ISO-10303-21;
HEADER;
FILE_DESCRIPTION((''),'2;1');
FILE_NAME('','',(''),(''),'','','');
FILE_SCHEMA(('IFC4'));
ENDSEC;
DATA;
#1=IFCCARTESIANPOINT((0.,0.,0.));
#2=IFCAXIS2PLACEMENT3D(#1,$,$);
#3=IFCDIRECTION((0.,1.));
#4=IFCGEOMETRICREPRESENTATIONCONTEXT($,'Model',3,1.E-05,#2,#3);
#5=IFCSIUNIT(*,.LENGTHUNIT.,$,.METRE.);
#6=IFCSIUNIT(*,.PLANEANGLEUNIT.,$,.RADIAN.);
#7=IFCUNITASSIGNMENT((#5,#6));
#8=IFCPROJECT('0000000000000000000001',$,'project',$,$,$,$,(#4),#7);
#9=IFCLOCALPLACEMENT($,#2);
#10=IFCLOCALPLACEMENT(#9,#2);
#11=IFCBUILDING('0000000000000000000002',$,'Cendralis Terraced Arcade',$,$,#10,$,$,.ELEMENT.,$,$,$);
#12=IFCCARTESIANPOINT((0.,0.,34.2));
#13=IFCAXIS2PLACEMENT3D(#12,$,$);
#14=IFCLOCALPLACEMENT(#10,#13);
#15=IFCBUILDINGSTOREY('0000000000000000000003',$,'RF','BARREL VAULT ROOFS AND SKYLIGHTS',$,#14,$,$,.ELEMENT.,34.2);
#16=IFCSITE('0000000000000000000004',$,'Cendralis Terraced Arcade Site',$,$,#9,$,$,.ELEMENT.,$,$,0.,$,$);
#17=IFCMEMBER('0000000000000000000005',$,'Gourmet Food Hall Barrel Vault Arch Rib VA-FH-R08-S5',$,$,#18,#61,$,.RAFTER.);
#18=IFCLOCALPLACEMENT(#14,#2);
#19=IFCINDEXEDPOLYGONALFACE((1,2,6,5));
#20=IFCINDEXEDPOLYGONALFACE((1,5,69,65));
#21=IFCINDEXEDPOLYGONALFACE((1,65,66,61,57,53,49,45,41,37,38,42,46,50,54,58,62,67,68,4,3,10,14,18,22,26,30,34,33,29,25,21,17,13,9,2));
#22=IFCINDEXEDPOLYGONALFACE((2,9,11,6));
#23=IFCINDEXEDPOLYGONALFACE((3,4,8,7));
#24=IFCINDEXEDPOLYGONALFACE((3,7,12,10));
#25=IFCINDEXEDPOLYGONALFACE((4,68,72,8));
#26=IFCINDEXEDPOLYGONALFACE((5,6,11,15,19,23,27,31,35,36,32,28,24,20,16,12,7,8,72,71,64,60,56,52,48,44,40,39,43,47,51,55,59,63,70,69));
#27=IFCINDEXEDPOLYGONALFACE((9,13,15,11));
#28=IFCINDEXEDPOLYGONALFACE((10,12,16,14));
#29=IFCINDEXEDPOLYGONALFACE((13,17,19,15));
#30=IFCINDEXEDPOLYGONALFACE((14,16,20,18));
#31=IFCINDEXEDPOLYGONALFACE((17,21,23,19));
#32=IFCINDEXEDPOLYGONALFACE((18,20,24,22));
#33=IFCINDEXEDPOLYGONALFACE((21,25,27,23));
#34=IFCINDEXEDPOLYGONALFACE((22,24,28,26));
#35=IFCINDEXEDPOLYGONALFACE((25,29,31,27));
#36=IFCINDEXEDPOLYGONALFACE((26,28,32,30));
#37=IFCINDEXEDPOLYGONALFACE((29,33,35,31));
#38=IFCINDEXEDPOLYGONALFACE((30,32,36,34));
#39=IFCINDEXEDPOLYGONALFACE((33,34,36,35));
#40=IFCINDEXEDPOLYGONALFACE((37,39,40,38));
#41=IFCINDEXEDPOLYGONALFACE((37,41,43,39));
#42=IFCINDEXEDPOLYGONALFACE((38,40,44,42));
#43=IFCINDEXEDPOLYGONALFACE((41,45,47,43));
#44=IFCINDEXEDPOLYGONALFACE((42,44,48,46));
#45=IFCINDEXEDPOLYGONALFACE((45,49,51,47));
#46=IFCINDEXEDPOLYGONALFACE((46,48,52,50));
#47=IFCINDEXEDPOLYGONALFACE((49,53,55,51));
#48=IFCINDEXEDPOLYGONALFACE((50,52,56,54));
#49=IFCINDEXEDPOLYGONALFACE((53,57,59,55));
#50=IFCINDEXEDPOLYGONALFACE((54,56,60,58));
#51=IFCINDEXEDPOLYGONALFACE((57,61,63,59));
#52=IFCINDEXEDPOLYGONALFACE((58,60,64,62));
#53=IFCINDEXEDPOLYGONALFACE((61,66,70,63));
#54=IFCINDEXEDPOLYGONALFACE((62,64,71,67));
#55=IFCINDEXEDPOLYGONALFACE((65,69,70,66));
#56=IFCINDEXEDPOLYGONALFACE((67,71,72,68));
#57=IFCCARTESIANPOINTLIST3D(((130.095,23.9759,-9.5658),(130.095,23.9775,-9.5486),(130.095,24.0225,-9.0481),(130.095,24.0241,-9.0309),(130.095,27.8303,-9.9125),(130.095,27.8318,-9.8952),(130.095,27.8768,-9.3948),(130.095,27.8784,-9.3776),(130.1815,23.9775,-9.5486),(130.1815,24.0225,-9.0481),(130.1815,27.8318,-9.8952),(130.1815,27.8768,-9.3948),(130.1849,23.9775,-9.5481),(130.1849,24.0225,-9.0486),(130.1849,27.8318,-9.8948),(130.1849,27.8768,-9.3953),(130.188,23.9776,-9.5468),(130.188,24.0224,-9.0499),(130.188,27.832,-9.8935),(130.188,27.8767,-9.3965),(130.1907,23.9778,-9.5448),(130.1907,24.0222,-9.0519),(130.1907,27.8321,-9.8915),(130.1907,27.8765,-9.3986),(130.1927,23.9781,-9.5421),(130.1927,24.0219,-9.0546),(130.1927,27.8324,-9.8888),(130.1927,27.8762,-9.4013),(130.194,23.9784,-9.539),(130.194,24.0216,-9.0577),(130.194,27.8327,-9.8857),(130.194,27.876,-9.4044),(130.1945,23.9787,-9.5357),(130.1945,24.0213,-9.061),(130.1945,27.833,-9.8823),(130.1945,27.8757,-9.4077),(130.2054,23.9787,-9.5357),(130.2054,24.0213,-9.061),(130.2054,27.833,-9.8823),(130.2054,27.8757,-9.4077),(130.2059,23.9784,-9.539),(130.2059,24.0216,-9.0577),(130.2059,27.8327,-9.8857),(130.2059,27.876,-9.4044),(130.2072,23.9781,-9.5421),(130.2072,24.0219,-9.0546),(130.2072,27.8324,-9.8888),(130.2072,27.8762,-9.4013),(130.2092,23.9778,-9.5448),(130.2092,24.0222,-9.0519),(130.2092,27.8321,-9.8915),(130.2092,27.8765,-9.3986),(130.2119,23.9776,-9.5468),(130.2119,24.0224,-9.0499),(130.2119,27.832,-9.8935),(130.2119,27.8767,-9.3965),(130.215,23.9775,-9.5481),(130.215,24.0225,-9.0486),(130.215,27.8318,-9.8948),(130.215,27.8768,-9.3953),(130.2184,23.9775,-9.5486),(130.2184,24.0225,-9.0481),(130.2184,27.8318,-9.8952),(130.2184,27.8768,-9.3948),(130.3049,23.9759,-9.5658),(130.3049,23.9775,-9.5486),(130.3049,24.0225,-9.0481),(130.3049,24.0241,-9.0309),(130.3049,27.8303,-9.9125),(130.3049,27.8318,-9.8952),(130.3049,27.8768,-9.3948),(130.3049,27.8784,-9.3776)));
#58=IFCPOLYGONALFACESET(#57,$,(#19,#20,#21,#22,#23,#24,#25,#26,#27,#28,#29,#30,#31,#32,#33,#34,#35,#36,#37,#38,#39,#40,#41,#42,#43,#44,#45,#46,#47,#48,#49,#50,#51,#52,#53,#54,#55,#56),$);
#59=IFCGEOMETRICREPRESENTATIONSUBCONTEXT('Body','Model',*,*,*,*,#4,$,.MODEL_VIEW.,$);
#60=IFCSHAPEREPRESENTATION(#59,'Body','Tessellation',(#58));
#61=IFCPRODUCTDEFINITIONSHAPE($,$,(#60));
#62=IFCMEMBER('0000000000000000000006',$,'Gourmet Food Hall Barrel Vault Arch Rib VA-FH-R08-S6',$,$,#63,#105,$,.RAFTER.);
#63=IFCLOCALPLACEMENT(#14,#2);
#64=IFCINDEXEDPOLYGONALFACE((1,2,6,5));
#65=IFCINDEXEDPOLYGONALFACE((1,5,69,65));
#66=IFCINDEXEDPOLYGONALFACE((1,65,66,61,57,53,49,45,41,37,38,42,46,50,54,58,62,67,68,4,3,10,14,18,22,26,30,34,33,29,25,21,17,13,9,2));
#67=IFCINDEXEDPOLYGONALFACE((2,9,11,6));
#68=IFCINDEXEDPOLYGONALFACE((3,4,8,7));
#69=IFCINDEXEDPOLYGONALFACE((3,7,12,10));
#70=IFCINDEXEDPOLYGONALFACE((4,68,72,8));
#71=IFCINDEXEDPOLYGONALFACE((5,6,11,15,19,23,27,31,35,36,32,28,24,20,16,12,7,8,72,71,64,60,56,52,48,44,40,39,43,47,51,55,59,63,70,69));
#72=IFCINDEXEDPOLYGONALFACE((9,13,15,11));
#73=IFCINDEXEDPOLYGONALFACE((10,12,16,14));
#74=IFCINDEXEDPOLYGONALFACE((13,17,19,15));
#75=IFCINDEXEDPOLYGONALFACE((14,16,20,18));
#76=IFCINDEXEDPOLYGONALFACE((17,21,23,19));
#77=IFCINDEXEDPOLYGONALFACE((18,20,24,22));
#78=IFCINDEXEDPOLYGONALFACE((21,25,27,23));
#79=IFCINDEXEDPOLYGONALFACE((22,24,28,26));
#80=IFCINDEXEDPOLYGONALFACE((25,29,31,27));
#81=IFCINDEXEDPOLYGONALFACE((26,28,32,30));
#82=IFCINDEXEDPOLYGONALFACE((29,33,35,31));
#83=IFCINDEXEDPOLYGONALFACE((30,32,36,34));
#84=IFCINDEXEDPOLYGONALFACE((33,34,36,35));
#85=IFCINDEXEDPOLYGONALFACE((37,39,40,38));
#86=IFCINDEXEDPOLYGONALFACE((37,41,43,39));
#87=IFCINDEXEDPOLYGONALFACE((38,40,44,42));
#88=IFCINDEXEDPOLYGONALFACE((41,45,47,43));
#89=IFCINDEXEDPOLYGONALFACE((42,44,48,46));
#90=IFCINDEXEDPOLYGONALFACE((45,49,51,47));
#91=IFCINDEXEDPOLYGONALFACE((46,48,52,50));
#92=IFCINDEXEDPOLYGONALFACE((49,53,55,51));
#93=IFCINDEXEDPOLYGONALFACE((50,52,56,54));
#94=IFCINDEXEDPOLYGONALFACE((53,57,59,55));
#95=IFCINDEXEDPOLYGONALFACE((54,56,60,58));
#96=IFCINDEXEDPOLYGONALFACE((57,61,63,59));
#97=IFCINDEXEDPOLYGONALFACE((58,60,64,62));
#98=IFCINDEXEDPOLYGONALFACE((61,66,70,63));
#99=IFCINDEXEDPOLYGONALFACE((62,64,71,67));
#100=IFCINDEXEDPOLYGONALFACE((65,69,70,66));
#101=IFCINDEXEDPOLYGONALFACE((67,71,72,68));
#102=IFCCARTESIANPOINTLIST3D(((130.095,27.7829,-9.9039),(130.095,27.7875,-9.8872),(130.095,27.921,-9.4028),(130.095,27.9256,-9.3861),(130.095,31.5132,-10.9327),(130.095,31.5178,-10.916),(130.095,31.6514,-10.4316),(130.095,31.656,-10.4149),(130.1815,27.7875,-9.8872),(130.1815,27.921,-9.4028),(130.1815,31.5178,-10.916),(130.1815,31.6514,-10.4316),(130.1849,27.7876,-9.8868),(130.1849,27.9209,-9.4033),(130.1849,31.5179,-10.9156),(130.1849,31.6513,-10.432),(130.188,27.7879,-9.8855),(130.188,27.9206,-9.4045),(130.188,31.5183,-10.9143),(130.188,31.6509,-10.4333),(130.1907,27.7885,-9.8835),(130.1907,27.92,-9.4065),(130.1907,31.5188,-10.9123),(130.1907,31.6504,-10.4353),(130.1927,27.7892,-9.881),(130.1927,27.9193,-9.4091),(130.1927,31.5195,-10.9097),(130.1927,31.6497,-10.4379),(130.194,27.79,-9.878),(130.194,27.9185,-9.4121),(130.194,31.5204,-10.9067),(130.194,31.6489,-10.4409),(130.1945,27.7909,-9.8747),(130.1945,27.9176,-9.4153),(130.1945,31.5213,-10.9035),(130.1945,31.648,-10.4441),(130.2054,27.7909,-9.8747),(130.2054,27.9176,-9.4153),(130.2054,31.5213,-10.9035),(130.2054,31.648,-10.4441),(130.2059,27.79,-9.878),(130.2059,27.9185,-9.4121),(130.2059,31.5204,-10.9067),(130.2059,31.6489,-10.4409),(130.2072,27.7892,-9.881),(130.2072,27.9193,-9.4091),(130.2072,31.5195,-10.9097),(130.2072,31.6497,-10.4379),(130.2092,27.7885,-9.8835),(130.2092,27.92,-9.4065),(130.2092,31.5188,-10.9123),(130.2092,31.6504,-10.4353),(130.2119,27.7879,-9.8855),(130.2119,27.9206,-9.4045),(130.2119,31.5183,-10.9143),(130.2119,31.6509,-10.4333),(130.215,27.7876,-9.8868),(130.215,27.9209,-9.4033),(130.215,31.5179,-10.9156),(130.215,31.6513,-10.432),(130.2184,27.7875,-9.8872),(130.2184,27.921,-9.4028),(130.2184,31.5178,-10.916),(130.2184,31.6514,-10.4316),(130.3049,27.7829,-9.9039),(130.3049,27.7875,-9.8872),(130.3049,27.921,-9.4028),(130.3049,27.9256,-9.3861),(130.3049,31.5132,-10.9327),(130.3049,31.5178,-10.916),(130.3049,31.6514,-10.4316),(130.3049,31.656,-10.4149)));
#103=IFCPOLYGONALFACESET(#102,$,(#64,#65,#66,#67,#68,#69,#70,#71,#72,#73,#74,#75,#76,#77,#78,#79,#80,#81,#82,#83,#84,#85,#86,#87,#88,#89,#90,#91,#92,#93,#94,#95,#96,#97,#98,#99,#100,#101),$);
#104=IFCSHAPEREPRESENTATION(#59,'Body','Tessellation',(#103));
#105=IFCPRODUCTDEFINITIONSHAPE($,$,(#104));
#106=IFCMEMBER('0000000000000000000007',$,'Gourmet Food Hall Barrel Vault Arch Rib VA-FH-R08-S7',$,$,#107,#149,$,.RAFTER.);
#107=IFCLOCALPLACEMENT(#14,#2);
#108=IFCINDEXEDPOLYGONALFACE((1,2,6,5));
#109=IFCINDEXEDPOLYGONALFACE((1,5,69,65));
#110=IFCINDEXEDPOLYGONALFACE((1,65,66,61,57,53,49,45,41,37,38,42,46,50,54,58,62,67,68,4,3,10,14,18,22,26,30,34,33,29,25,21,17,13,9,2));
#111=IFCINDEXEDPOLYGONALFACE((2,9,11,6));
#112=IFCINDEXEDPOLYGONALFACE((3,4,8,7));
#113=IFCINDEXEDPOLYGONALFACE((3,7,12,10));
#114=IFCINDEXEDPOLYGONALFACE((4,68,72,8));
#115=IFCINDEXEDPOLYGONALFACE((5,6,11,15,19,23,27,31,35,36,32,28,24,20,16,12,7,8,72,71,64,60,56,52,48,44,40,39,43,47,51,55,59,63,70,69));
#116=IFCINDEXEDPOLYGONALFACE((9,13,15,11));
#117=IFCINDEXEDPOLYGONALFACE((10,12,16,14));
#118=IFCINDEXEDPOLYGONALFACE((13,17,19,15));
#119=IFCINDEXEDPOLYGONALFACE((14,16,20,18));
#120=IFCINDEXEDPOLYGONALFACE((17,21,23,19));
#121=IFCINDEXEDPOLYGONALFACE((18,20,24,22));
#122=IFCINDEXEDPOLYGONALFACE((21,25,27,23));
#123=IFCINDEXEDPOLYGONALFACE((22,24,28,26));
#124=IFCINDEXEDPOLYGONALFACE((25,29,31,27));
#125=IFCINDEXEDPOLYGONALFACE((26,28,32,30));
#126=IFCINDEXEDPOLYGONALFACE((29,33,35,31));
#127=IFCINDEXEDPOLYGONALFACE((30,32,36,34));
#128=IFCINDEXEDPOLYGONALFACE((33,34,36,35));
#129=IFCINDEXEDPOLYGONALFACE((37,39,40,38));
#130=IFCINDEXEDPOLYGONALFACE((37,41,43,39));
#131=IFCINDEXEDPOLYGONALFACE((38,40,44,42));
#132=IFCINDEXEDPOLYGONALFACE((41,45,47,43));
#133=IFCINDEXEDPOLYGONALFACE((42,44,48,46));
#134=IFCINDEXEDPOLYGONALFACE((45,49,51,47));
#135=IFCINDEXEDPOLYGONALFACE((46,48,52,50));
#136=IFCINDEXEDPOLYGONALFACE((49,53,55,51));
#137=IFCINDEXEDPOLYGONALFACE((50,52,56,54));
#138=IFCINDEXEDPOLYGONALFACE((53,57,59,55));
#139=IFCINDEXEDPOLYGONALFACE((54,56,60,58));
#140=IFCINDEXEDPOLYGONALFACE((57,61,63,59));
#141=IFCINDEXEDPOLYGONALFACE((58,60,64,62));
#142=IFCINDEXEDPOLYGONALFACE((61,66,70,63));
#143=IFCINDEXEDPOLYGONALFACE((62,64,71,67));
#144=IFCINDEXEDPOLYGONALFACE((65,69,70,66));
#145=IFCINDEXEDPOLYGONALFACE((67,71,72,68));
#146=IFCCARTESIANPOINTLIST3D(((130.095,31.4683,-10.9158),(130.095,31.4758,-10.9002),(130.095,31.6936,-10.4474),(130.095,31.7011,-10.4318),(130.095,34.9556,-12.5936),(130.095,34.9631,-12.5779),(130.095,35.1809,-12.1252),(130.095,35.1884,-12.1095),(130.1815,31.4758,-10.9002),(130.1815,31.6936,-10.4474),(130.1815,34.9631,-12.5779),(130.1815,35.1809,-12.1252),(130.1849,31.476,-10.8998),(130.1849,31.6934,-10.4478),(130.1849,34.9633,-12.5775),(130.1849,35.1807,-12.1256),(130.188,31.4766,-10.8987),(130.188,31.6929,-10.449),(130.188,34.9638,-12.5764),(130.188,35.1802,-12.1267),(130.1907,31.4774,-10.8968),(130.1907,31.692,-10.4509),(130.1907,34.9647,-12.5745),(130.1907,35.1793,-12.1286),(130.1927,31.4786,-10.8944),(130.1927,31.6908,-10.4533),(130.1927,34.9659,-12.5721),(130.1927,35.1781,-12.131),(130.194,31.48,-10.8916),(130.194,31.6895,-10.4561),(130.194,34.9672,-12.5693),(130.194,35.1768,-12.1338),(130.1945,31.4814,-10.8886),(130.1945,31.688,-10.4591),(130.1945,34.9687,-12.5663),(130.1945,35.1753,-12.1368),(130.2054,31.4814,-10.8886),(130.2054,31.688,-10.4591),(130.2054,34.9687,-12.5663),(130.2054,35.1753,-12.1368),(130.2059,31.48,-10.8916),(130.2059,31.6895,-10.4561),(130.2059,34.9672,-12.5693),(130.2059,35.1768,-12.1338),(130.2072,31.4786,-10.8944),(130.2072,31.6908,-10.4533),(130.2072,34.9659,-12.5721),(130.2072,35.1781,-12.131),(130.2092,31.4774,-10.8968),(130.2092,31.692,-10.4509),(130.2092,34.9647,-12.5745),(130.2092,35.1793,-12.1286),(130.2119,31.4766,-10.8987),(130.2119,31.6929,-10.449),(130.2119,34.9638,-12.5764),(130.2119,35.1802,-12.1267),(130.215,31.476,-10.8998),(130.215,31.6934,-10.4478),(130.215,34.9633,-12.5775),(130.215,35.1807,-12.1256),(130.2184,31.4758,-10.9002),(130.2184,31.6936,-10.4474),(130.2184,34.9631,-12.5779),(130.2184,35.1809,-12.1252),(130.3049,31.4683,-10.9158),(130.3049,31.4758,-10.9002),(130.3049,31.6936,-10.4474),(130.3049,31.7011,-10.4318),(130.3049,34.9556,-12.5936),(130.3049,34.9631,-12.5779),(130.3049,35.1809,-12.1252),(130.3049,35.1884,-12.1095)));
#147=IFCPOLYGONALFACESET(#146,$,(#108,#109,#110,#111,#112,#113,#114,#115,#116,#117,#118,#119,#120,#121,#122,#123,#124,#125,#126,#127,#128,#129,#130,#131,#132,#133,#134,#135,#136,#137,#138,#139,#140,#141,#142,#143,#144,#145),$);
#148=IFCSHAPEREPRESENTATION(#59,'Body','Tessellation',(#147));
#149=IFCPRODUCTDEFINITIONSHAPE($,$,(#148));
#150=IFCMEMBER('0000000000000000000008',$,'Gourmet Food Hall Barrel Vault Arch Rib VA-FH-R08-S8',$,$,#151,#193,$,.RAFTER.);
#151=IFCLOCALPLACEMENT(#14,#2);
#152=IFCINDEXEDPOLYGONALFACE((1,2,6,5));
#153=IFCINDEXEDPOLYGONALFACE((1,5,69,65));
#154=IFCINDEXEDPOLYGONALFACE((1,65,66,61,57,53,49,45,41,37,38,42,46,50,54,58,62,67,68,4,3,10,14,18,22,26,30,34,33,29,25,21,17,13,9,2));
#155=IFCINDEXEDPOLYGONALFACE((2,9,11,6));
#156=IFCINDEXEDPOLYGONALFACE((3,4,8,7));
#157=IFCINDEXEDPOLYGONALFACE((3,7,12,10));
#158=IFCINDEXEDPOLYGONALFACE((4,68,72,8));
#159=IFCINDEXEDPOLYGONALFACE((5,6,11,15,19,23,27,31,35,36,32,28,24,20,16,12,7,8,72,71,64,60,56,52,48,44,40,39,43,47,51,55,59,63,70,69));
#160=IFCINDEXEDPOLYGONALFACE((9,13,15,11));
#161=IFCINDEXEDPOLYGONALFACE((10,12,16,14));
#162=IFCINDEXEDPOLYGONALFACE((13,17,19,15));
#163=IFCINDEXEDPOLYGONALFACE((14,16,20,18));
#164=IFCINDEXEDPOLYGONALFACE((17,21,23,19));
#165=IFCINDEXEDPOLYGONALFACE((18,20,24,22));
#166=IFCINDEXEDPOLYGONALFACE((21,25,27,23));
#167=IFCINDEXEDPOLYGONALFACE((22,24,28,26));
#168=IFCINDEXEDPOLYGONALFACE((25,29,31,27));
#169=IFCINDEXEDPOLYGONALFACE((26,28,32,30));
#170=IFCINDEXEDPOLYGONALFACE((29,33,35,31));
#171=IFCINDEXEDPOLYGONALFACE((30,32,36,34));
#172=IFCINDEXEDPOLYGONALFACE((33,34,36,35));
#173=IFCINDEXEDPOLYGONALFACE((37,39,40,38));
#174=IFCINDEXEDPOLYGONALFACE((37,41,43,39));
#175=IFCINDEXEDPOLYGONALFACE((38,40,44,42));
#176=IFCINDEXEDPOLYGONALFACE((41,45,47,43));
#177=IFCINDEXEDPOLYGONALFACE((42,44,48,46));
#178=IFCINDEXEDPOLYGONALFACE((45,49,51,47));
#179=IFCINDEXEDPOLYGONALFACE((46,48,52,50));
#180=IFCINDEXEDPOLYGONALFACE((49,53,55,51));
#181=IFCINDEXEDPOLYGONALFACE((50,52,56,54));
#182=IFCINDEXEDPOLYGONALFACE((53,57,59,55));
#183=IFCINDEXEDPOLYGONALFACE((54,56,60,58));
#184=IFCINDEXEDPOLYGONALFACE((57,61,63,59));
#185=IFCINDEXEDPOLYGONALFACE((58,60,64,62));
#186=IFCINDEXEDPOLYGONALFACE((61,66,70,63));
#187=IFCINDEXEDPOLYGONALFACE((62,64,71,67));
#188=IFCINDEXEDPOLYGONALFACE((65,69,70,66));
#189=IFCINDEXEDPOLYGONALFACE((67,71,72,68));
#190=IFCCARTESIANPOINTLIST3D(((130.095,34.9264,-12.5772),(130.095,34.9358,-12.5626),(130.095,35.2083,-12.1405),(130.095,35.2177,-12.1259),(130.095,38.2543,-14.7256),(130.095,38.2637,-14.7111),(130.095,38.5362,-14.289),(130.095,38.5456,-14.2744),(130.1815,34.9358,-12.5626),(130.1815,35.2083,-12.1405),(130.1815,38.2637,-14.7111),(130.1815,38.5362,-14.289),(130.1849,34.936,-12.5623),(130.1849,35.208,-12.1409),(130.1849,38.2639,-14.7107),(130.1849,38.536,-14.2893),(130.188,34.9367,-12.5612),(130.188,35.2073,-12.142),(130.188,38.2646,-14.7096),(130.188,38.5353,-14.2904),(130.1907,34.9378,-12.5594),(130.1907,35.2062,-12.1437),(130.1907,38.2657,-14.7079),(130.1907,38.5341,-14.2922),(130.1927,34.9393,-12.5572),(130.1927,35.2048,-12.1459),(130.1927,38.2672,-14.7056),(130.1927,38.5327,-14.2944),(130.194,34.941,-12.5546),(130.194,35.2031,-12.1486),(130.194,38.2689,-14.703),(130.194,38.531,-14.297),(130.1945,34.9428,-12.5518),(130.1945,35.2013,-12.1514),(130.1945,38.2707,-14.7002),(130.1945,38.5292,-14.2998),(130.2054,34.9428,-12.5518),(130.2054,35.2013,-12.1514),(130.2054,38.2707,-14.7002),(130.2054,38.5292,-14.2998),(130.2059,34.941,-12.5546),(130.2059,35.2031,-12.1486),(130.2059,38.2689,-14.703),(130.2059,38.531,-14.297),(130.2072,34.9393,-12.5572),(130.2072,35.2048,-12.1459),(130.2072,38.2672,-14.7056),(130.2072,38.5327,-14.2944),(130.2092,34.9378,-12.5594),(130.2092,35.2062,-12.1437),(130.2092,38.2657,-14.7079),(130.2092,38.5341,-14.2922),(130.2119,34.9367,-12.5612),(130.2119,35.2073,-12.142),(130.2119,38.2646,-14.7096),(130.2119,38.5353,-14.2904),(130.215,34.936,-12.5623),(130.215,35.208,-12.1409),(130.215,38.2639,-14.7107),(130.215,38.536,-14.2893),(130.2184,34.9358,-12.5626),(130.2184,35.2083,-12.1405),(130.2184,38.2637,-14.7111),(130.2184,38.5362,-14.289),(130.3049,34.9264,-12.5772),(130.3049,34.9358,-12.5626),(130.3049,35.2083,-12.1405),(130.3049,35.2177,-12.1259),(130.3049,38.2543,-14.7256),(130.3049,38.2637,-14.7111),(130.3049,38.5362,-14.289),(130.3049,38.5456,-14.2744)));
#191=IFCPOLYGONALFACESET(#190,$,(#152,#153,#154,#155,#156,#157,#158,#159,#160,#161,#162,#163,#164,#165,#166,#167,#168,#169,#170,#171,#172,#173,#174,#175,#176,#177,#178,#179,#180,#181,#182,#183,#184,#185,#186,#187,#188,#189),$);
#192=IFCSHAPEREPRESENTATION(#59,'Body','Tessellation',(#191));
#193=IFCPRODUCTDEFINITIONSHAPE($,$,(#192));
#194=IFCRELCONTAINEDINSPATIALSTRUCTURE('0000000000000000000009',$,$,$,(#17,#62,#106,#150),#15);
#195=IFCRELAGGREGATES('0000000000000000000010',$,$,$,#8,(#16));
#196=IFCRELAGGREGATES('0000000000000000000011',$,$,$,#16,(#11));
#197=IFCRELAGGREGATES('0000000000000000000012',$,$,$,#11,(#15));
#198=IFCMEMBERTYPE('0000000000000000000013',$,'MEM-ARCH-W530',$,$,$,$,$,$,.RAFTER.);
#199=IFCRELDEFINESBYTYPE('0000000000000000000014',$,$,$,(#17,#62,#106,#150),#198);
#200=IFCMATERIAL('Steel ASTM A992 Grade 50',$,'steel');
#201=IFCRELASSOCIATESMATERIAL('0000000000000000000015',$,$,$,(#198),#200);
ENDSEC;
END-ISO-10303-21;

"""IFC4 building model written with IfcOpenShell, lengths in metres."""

from ifc_helpers import new_model, si_unit, direction, frame, origin, origin_2d, place, context, subcontext, project, spatial, i_section, extrude, material, material_profile, profile_set, type_object, element, save


model = new_model("IFC4")

# Units and contexts
model_context = context("Model", 3, precision=1e-05, world=origin(), true_north=direction((0.0, 1.0)))
body_context = subcontext(model_context, "Body", "Model", "MODEL_VIEW")
ifc_project = project(units=[si_unit("LENGTHUNIT", "METRE"), si_unit("PLANEANGLEUNIT", "RADIAN")], contexts=[model_context])

# Site, building, storey
site_placement = place(None, origin())
site = spatial("IfcSite", under=ifc_project, at=site_placement, Name="Cendralis Terraced Arcade Site", CompositionType="ELEMENT", RefElevation=0.0)
building_placement = place(site_placement, origin())
building = spatial("IfcBuilding", under=site, at=building_placement, Name="Cendralis Terraced Arcade", CompositionType="ELEMENT")
storey_placement = place(building_placement, frame((0.0, 0.0, 34.2)))
storey = spatial("IfcBuildingStorey", under=building, at=storey_placement, Name="RF", Description="BARREL VAULT ROOFS AND SKYLIGHTS", CompositionType="ELEMENT", Elevation=34.2)

# Members
ifc_material_1 = material(Name="Steel ASTM A992 Grade 50", Category="steel")
ifc_material_profile_1 = material_profile(ifc_material_1, i_section(OverallWidth=0.21, OverallDepth=0.5371, WebThickness=0.011, FlangeThickness=0.0173, FilletRadius=0.0129, at=origin_2d()), Name="W530X101", Category="LoadBearing")
ifc_profile_set_1 = profile_set([ifc_material_profile_1], Name="Steel ASTM A992 Grade 50")
member_type_1 = type_object("IfcMemberType", Name="MEM-ARCH-W530", PredefinedType="RAFTER", material=ifc_profile_set_1)
for number, where, z_axis, x_axis, name in (
    (1, (130.2, 24.0, -9.2983), (0.0, 0.995979, -0.089586), (-1.0, 0.0, 0.0), "Gourmet Food Hall Barrel Vault Arch Rib VA-FH-R08-S5"),
):
    element("IfcMember", number, at=place(storey_placement, frame(where, z_axis=z_axis, x_axis=x_axis)), inside=storey, type_object=member_type_1, Name=name, PredefinedType="RAFTER", context=body_context, shape_type="SweptSolid", body=[
        extrude(i_section(OverallWidth=0.21, OverallDepth=0.5371, WebThickness=0.011, FlangeThickness=0.0173, FilletRadius=0.0129, at=origin_2d()), origin(), (0.0, 0.0, 1.0), 3.8699),
    ])
member_1_placement = place(storey_placement, frame((130.2, 27.8542, -9.645), z_axis=(0.0, 0.964012, -0.26586), x_axis=(-1.0, 0.0, 0.0)))
element("IfcMember", 2, at=member_1_placement, inside=storey, type_object=member_type_1, Name="Gourmet Food Hall Barrel Vault Arch Rib VA-FH-R08-S6", PredefinedType="RAFTER", context=body_context, shape_type="SweptSolid", body=[
    extrude(i_section(OverallWidth=0.21, OverallDepth=0.5371, WebThickness=0.011, FlangeThickness=0.0173, FilletRadius=0.0129, at=origin_2d()), origin(), (0.0, 0.0, 1.0), 3.8696),
])
member_2_placement = place(storey_placement, frame((130.2, 31.5847, -10.6738), z_axis=(0.0, 0.901137, -0.433535), x_axis=(-1.0, 0.0, 0.0)))
element("IfcMember", 3, at=member_2_placement, inside=storey, type_object=member_type_1, Name="Gourmet Food Hall Barrel Vault Arch Rib VA-FH-R08-S7", PredefinedType="RAFTER", context=body_context, shape_type="SweptSolid", body=[
    extrude(i_section(OverallWidth=0.21, OverallDepth=0.5371, WebThickness=0.011, FlangeThickness=0.0173, FilletRadius=0.0129, at=origin_2d()), origin(), (0.0, 0.0, 1.0), 3.8699),
])
member_3_placement = place(storey_placement, frame((130.2, 35.072, -12.3516), z_axis=(0.0, 0.840134, -0.54238), x_axis=(-1.0, 0.0, 0.0)))
element("IfcMember", 4, at=member_3_placement, inside=storey, type_object=member_type_1, Name="Gourmet Food Hall Barrel Vault Arch Rib VA-FH-R08-S8", PredefinedType="RAFTER", context=body_context, shape_type="SweptSolid", body=[
    extrude(i_section(OverallWidth=0.21, OverallDepth=0.5371, WebThickness=0.011, FlangeThickness=0.0173, FilletRadius=0.0129, at=origin_2d()), origin(), (0.0, 0.0, 1.0), 3.9612),
])

save(model, "model.ifc")
